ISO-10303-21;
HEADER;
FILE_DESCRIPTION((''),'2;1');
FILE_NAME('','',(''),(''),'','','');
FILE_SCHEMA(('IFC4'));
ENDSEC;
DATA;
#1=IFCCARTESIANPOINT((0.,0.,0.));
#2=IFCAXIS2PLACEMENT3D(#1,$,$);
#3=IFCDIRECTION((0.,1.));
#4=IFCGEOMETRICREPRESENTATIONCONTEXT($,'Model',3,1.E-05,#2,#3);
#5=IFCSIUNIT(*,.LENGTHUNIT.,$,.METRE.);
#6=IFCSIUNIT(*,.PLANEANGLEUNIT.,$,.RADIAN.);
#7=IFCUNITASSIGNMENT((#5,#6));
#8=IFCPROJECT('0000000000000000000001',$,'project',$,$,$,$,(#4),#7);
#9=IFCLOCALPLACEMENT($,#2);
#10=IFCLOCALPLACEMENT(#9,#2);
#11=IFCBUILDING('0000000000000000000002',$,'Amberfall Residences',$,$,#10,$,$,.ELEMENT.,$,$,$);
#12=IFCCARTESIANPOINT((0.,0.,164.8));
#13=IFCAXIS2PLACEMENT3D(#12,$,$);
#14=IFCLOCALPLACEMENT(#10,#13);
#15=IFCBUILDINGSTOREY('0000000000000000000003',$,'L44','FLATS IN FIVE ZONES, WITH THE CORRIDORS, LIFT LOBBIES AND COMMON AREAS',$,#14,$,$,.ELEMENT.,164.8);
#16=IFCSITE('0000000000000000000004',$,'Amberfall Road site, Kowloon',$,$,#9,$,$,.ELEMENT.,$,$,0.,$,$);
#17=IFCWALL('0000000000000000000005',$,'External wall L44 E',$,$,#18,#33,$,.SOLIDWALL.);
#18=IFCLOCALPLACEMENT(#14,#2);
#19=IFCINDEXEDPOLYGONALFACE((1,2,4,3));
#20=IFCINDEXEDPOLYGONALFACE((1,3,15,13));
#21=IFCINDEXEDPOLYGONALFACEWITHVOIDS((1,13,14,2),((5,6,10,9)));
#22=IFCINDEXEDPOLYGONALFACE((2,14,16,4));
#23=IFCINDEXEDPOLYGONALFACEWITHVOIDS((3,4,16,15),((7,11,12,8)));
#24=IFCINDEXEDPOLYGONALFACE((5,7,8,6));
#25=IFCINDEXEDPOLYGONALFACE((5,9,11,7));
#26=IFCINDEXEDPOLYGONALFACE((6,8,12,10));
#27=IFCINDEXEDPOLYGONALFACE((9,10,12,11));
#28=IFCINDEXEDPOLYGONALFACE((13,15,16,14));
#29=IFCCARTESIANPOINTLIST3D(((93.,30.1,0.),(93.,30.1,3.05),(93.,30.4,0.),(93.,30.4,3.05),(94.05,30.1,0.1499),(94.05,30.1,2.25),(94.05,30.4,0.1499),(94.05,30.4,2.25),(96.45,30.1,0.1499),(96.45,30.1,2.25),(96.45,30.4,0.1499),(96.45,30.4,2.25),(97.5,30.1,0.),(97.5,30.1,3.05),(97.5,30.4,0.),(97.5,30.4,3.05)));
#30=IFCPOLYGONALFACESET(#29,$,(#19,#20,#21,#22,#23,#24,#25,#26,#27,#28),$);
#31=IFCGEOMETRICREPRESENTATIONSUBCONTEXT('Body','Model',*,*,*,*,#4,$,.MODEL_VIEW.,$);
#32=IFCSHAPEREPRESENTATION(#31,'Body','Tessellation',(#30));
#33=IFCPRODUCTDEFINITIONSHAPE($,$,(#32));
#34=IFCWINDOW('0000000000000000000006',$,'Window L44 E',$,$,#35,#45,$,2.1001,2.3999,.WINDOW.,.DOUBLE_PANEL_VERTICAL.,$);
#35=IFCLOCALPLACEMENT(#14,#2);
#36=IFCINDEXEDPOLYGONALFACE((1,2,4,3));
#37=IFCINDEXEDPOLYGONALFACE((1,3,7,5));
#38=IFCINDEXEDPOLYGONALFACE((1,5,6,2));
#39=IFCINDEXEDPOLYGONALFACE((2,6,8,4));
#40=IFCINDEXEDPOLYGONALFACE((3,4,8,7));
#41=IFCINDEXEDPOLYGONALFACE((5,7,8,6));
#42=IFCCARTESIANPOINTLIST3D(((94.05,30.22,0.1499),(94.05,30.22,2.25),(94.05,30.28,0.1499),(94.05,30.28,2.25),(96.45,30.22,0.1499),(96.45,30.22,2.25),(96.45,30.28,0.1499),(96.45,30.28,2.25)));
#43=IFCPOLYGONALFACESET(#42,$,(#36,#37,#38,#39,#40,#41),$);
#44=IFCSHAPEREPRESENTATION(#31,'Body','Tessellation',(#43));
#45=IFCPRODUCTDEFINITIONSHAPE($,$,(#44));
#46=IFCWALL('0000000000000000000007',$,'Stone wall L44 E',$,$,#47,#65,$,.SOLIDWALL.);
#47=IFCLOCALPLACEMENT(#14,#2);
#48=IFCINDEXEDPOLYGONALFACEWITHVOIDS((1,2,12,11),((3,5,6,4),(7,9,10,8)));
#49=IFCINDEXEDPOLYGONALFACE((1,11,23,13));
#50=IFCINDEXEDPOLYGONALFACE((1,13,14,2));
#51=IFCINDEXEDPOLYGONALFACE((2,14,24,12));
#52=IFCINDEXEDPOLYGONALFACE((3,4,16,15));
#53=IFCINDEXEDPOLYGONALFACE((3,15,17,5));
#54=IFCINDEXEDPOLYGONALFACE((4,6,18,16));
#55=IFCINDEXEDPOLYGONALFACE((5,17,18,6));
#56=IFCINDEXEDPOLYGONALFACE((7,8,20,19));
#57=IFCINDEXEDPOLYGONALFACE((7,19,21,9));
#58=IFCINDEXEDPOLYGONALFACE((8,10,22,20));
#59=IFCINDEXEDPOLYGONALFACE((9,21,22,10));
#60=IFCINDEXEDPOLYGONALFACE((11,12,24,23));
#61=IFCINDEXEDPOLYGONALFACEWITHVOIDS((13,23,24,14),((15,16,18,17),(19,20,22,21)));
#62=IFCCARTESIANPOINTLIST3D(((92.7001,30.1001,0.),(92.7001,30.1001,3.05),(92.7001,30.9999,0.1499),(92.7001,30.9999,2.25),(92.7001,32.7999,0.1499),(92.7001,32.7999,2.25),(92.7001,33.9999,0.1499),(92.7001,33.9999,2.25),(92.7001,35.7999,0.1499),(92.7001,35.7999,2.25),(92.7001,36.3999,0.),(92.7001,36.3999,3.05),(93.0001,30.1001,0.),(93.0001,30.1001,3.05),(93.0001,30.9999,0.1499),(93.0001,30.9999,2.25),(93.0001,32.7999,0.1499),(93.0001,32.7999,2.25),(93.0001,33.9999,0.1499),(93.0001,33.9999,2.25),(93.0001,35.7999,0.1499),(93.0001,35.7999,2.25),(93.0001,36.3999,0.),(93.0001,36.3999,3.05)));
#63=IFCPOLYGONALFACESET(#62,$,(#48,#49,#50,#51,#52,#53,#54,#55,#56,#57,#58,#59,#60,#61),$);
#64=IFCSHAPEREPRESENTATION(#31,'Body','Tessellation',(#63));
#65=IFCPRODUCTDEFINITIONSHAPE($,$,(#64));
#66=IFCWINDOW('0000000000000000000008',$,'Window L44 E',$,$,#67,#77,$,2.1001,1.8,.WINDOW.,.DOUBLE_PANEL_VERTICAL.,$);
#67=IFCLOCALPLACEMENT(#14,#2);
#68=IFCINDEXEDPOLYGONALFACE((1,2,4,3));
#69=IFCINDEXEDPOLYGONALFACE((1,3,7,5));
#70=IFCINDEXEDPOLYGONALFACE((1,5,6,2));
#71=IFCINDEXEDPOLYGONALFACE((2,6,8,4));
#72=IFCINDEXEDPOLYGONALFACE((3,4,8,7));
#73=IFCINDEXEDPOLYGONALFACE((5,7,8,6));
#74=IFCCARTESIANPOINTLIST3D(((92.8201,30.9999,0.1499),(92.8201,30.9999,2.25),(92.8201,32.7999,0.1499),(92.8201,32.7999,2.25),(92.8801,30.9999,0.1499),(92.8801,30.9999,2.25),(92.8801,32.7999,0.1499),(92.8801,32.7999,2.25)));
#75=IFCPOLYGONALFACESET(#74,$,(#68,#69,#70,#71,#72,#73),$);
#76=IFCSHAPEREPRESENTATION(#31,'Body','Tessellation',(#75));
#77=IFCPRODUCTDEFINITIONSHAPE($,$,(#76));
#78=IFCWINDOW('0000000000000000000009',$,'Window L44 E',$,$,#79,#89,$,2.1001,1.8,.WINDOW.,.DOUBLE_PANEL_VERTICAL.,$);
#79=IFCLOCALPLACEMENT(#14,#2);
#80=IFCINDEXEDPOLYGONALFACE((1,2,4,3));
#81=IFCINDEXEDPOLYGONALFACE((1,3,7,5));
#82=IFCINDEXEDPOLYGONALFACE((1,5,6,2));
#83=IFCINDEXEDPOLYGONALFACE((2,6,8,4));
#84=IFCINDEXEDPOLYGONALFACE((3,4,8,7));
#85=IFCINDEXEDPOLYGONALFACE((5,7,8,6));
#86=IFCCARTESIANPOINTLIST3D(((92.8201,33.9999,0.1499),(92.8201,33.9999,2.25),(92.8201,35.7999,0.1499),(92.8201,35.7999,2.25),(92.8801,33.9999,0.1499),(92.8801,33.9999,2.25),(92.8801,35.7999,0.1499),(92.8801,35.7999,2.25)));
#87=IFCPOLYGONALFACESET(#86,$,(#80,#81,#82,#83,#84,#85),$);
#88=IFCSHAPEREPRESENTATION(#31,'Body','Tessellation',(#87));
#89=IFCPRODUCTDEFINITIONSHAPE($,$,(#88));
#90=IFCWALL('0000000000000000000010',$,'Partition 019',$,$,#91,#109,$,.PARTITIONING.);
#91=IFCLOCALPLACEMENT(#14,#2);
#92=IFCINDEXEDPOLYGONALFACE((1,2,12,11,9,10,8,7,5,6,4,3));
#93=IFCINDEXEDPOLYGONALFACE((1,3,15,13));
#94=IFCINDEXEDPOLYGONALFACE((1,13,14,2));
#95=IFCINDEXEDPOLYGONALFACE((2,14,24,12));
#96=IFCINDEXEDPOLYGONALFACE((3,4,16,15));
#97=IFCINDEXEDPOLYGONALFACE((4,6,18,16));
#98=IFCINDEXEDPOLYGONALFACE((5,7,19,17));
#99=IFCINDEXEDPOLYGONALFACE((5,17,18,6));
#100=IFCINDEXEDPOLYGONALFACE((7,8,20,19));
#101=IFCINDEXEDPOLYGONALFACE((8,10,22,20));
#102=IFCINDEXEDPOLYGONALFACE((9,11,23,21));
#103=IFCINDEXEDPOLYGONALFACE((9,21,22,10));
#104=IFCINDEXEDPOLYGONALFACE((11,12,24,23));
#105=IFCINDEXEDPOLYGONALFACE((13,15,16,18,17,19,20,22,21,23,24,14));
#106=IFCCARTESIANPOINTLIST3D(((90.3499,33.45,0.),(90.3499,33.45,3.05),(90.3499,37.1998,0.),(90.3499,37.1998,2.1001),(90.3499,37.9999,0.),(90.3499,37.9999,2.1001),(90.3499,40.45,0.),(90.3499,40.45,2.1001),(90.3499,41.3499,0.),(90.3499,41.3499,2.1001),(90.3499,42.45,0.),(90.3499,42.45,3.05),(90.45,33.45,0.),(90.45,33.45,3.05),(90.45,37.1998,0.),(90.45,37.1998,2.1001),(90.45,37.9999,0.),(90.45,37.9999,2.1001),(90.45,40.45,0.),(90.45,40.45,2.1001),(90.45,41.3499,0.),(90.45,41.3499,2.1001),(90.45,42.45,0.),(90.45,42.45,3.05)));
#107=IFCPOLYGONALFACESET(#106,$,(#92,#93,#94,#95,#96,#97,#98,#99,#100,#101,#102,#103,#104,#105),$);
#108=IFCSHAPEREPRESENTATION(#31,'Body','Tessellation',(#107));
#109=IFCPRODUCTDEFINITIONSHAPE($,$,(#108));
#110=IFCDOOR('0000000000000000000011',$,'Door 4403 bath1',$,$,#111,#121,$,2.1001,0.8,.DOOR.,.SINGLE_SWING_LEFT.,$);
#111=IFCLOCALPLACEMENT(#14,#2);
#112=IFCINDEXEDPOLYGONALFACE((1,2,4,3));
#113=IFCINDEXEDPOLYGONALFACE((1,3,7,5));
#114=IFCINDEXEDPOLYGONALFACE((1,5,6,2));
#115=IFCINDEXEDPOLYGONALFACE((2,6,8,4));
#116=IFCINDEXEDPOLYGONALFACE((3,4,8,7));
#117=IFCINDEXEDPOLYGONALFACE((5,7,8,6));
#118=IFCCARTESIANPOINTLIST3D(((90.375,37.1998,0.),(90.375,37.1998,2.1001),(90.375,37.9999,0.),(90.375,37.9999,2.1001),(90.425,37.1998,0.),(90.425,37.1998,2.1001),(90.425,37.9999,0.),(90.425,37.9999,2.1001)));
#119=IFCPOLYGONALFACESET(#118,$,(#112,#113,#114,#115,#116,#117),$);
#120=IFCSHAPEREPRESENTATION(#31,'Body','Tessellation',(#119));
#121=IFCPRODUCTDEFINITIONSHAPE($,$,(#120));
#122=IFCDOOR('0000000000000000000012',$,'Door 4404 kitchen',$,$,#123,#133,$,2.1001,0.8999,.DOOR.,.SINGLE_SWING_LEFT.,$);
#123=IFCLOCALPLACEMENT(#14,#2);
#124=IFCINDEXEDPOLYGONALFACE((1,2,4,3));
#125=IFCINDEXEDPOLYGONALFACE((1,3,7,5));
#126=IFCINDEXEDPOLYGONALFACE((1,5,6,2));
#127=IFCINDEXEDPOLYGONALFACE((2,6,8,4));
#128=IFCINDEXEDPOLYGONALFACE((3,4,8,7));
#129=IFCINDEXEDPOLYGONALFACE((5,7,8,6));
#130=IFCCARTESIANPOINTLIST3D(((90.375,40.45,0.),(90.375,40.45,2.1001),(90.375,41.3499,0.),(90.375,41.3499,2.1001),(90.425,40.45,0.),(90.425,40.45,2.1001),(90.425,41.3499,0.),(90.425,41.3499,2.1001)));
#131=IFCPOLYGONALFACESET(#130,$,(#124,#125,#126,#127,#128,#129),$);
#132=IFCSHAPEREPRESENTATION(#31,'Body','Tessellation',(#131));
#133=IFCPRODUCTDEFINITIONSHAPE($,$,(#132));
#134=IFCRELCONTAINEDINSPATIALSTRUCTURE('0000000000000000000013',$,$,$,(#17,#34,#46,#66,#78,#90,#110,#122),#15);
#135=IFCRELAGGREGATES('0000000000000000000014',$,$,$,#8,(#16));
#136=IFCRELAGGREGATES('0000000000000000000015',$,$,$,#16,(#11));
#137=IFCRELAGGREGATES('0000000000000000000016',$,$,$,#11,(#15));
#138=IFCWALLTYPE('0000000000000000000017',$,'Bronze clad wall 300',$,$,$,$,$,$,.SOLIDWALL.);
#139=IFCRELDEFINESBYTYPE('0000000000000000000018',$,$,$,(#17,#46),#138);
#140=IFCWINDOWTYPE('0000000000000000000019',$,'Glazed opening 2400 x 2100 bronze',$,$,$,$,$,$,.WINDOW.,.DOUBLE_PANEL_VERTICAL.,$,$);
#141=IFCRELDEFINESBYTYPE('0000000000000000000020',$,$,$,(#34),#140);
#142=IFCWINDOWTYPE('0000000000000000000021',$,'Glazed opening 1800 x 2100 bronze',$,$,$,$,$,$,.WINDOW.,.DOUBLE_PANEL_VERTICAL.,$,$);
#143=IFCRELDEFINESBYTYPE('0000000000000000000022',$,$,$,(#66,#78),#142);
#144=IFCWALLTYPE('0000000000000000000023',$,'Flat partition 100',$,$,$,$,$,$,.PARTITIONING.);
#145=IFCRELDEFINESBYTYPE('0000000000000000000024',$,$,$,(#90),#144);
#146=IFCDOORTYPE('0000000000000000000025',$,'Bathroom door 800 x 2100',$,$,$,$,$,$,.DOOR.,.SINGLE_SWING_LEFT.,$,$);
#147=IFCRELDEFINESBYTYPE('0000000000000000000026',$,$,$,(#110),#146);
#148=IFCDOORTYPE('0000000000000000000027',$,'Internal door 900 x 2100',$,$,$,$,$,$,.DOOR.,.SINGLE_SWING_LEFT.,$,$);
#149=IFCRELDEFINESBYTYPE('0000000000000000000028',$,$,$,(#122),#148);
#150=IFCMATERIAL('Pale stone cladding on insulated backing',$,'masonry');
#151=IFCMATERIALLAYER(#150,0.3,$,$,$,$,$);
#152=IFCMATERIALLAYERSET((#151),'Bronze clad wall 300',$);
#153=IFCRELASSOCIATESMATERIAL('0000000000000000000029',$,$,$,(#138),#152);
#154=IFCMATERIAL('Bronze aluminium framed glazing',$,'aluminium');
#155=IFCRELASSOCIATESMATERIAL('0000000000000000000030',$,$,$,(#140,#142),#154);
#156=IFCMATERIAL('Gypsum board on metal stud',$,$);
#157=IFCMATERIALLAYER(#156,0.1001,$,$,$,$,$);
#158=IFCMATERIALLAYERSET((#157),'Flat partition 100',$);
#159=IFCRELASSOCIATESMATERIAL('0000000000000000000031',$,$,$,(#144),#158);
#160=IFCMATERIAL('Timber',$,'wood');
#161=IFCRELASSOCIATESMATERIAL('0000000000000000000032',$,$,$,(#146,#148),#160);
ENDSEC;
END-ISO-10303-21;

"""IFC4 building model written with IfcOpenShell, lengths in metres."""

from ifc_helpers import new_model, si_unit, direction, frame, frame_2d, origin, place, context, subcontext, project, spatial, rectangle, extrude, material, layer, layer_set, type_object, element, fill, save


model = new_model("IFC4")

# Units and contexts
model_context = context("Model", 3, precision=1e-05, world=origin(), true_north=direction((0.0, 1.0)))
body_context = subcontext(model_context, "Body", "Model", "MODEL_VIEW")
ifc_project = project(units=[si_unit("LENGTHUNIT", "METRE"), si_unit("PLANEANGLEUNIT", "RADIAN")], contexts=[model_context])

# Site, building, storey
site_placement = place(None, origin())
site = spatial("IfcSite", under=ifc_project, at=site_placement, Name="Amberfall Road site, Kowloon", CompositionType="ELEMENT", RefElevation=0.0)
building_placement = place(site_placement, origin())
building = spatial("IfcBuilding", under=site, at=building_placement, Name="Amberfall Residences", CompositionType="ELEMENT")
storey_placement = place(building_placement, frame((0.0, 0.0, 164.8)))
storey = spatial("IfcBuildingStorey", under=building, at=storey_placement, Name="L44", Description="FLATS IN FIVE ZONES, WITH THE CORRIDORS, LIFT LOBBIES AND COMMON AREAS", CompositionType="ELEMENT", Elevation=164.8)

# Wall, opening, window
ifc_material_1 = material(Name="Pale stone cladding on insulated backing", Category="masonry")
ifc_layer_1 = layer(ifc_material_1, 0.3)
ifc_layer_set_1 = layer_set([ifc_layer_1], Name="Bronze clad wall 300")
wall_type_1 = type_object("IfcWallType", Name="Bronze clad wall 300", PredefinedType="SOLIDWALL", material=ifc_layer_set_1)
wall_1_placement = place(storey_placement, frame((97.5, 30.25, 0.0), z_axis=(0.0, 0.0, 1.0), x_axis=(-1.0, 0.0, 0.0)))
wall_1 = element("IfcWall", 1, at=wall_1_placement, inside=storey, type_object=wall_type_1, Name="External wall L44 E", PredefinedType="SOLIDWALL", context=body_context, shape_type="SweptSolid", body=[
    extrude(rectangle(XDim=4.5, YDim=0.3, at=frame_2d((2.25, 0.0))), origin(), (0.0, 0.0, 1.0), 3.05),
])
opening_1_placement = place(wall_1_placement, frame((1.05, 0.0, 0.1499)))
opening_1 = element("IfcOpeningElement", 2, at=opening_1_placement, cuts=wall_1, PredefinedType="OPENING", context=body_context, shape_type="SweptSolid", body=[
    extrude(rectangle(XDim=2.3999, YDim=2.1001, at=frame_2d((1.2, 1.05))), frame((0.0, 0.1599, 0.0), z_axis=(0.0, -1.0, 0.0), x_axis=(1.0, 0.0, 0.0)), (0.0, 0.0, 1.0), 0.3201),
])
ifc_material_2 = material(Name="Bronze aluminium framed glazing", Category="aluminium")
window_type_1 = type_object("IfcWindowType", Name="Glazed opening 2400 x 2100 bronze", PartitioningType="DOUBLE_PANEL_VERTICAL", PredefinedType="WINDOW", material=ifc_material_2)
window_1_placement = place(opening_1_placement, origin())
window_1 = element("IfcWindow", 3, at=window_1_placement, inside=storey, type_object=window_type_1, Name="Window L44 E", OverallHeight=2.1001, OverallWidth=2.3999, PartitioningType="DOUBLE_PANEL_VERTICAL", PredefinedType="WINDOW", context=body_context, shape_type="SweptSolid", body=[
    extrude(rectangle(XDim=2.3999, YDim=2.1001, at=frame_2d((1.2, 1.05))), frame((0.0, 0.03, 0.0), z_axis=(0.0, -1.0, 0.0), x_axis=(1.0, 0.0, 0.0)), (0.0, 0.0, 1.0), 0.0601),
])
fill(opening_1, window_1)

# Wall, openings, windows
wall_2_placement = place(storey_placement, frame((92.8501, 30.1001, 0.0), z_axis=(0.0, 0.0, 1.0), x_axis=(0.0, 1.0, 0.0)))
wall_2 = element("IfcWall", 4, at=wall_2_placement, inside=storey, type_object=wall_type_1, Name="Stone wall L44 E", PredefinedType="SOLIDWALL", context=body_context, shape_type="SweptSolid", body=[
    extrude(rectangle(XDim=6.2998, YDim=0.3, at=frame_2d((3.1499, 0.0))), origin(), (0.0, 0.0, 1.0), 3.05),
])
opening_2_placement = place(wall_2_placement, frame((0.8999, 0.0, 0.1499)))
opening_2 = element("IfcOpeningElement", 5, at=opening_2_placement, cuts=wall_2, PredefinedType="OPENING", context=body_context, shape_type="SweptSolid", body=[
    extrude(rectangle(XDim=1.8, YDim=2.1001, at=frame_2d((0.8999, 1.05))), frame((0.0, 0.1599, 0.0), z_axis=(0.0, -1.0, 0.0), x_axis=(1.0, 0.0, 0.0)), (0.0, 0.0, 1.0), 0.3201),
])
opening_3_placement = place(wall_2_placement, frame((3.8999, 0.0, 0.1499)))
opening_3 = element("IfcOpeningElement", 6, at=opening_3_placement, cuts=wall_2, PredefinedType="OPENING", context=body_context, shape_type="SweptSolid", body=[
    extrude(rectangle(XDim=1.8, YDim=2.1001, at=frame_2d((0.8999, 1.05))), frame((0.0, 0.1599, 0.0), z_axis=(0.0, -1.0, 0.0), x_axis=(1.0, 0.0, 0.0)), (0.0, 0.0, 1.0), 0.3201),
])
window_type_2 = type_object("IfcWindowType", Name="Glazed opening 1800 x 2100 bronze", PartitioningType="DOUBLE_PANEL_VERTICAL", PredefinedType="WINDOW", material=ifc_material_2)
window_2_placement = place(opening_2_placement, origin())
window_2 = element("IfcWindow", 7, at=window_2_placement, inside=storey, type_object=window_type_2, Name="Window L44 E", OverallHeight=2.1001, OverallWidth=1.8, PartitioningType="DOUBLE_PANEL_VERTICAL", PredefinedType="WINDOW", context=body_context, shape_type="SweptSolid", body=[
    extrude(rectangle(XDim=1.8, YDim=2.1001, at=frame_2d((0.8999, 1.05))), frame((0.0, 0.03, 0.0), z_axis=(0.0, -1.0, 0.0), x_axis=(1.0, 0.0, 0.0)), (0.0, 0.0, 1.0), 0.0601),
])
fill(opening_2, window_2)
window_3_placement = place(opening_3_placement, origin())
window_3 = element("IfcWindow", 8, at=window_3_placement, inside=storey, type_object=window_type_2, Name="Window L44 E", OverallHeight=2.1001, OverallWidth=1.8, PartitioningType="DOUBLE_PANEL_VERTICAL", PredefinedType="WINDOW", context=body_context, shape_type="SweptSolid", body=[
    extrude(rectangle(XDim=1.8, YDim=2.1001, at=frame_2d((0.8999, 1.05))), frame((0.0, 0.03, 0.0), z_axis=(0.0, -1.0, 0.0), x_axis=(1.0, 0.0, 0.0)), (0.0, 0.0, 1.0), 0.0601),
])
fill(opening_3, window_3)

# Wall, openings, doors
ifc_material_3 = material(Name="Gypsum board on metal stud")
ifc_layer_2 = layer(ifc_material_3, 0.1001)
ifc_layer_set_2 = layer_set([ifc_layer_2], Name="Flat partition 100")
wall_type_2 = type_object("IfcWallType", Name="Flat partition 100", PredefinedType="PARTITIONING", material=ifc_layer_set_2)
wall_3_placement = place(storey_placement, frame((90.3999, 33.45, 0.0), z_axis=(0.0, 0.0, 1.0), x_axis=(0.0, 1.0, 0.0)))
wall_3 = element("IfcWall", 9, at=wall_3_placement, inside=storey, type_object=wall_type_2, Name="Partition 019", PredefinedType="PARTITIONING", context=body_context, shape_type="SweptSolid", body=[
    extrude(rectangle(XDim=9.0, YDim=0.1001, at=frame_2d((4.5, 0.0))), origin(), (0.0, 0.0, 1.0), 3.05),
])
opening_4_placement = place(wall_3_placement, frame((3.75, 0.0, 0.0)))
opening_4 = element("IfcOpeningElement", 10, at=opening_4_placement, cuts=wall_3, PredefinedType="OPENING", context=body_context, shape_type="SweptSolid", body=[
    extrude(rectangle(XDim=0.8, YDim=2.1001, at=frame_2d((0.3999, 1.05))), frame((0.0, 0.0601, 0.0), z_axis=(0.0, -1.0, 0.0), x_axis=(1.0, 0.0, 0.0)), (0.0, 0.0, 1.0), 0.1201),
])
opening_5_placement = place(wall_3_placement, frame((7.0, 0.0, 0.0)))
opening_5 = element("IfcOpeningElement", 11, at=opening_5_placement, cuts=wall_3, PredefinedType="OPENING", context=body_context, shape_type="SweptSolid", body=[
    extrude(rectangle(XDim=0.8999, YDim=2.1001, at=frame_2d((0.45, 1.05))), frame((0.0, 0.0601, 0.0), z_axis=(0.0, -1.0, 0.0), x_axis=(1.0, 0.0, 0.0)), (0.0, 0.0, 1.0), 0.1201),
])
ifc_material_4 = material(Name="Timber", Category="wood")
door_type_1 = type_object("IfcDoorType", Name="Bathroom door 800 x 2100", OperationType="SINGLE_SWING_LEFT", PredefinedType="DOOR", material=ifc_material_4)
door_1_placement = place(opening_4_placement, origin())
door_1 = element("IfcDoor", 12, at=door_1_placement, inside=storey, type_object=door_type_1, Name="Door 4403 bath1", OperationType="SINGLE_SWING_LEFT", OverallHeight=2.1001, OverallWidth=0.8, PredefinedType="DOOR", context=body_context, shape_type="SweptSolid", body=[
    extrude(rectangle(XDim=0.8, YDim=2.1001, at=frame_2d((0.3999, 1.05))), frame((0.0, 0.0249, 0.0), z_axis=(0.0, -1.0, 0.0), x_axis=(1.0, 0.0, 0.0)), (0.0, 0.0, 1.0), 0.05),
])
fill(opening_4, door_1)
door_type_2 = type_object("IfcDoorType", Name="Internal door 900 x 2100", OperationType="SINGLE_SWING_LEFT", PredefinedType="DOOR", material=ifc_material_4)
door_2_placement = place(opening_5_placement, origin())
door_2 = element("IfcDoor", 13, at=door_2_placement, inside=storey, type_object=door_type_2, Name="Door 4404 kitchen", OperationType="SINGLE_SWING_LEFT", OverallHeight=2.1001, OverallWidth=0.8999, PredefinedType="DOOR", context=body_context, shape_type="SweptSolid", body=[
    extrude(rectangle(XDim=0.8999, YDim=2.1001, at=frame_2d((0.45, 1.05))), frame((0.0, 0.0249, 0.0), z_axis=(0.0, -1.0, 0.0), x_axis=(1.0, 0.0, 0.0)), (0.0, 0.0, 1.0), 0.05),
])
fill(opening_5, door_2)

save(model, "model.ifc")
